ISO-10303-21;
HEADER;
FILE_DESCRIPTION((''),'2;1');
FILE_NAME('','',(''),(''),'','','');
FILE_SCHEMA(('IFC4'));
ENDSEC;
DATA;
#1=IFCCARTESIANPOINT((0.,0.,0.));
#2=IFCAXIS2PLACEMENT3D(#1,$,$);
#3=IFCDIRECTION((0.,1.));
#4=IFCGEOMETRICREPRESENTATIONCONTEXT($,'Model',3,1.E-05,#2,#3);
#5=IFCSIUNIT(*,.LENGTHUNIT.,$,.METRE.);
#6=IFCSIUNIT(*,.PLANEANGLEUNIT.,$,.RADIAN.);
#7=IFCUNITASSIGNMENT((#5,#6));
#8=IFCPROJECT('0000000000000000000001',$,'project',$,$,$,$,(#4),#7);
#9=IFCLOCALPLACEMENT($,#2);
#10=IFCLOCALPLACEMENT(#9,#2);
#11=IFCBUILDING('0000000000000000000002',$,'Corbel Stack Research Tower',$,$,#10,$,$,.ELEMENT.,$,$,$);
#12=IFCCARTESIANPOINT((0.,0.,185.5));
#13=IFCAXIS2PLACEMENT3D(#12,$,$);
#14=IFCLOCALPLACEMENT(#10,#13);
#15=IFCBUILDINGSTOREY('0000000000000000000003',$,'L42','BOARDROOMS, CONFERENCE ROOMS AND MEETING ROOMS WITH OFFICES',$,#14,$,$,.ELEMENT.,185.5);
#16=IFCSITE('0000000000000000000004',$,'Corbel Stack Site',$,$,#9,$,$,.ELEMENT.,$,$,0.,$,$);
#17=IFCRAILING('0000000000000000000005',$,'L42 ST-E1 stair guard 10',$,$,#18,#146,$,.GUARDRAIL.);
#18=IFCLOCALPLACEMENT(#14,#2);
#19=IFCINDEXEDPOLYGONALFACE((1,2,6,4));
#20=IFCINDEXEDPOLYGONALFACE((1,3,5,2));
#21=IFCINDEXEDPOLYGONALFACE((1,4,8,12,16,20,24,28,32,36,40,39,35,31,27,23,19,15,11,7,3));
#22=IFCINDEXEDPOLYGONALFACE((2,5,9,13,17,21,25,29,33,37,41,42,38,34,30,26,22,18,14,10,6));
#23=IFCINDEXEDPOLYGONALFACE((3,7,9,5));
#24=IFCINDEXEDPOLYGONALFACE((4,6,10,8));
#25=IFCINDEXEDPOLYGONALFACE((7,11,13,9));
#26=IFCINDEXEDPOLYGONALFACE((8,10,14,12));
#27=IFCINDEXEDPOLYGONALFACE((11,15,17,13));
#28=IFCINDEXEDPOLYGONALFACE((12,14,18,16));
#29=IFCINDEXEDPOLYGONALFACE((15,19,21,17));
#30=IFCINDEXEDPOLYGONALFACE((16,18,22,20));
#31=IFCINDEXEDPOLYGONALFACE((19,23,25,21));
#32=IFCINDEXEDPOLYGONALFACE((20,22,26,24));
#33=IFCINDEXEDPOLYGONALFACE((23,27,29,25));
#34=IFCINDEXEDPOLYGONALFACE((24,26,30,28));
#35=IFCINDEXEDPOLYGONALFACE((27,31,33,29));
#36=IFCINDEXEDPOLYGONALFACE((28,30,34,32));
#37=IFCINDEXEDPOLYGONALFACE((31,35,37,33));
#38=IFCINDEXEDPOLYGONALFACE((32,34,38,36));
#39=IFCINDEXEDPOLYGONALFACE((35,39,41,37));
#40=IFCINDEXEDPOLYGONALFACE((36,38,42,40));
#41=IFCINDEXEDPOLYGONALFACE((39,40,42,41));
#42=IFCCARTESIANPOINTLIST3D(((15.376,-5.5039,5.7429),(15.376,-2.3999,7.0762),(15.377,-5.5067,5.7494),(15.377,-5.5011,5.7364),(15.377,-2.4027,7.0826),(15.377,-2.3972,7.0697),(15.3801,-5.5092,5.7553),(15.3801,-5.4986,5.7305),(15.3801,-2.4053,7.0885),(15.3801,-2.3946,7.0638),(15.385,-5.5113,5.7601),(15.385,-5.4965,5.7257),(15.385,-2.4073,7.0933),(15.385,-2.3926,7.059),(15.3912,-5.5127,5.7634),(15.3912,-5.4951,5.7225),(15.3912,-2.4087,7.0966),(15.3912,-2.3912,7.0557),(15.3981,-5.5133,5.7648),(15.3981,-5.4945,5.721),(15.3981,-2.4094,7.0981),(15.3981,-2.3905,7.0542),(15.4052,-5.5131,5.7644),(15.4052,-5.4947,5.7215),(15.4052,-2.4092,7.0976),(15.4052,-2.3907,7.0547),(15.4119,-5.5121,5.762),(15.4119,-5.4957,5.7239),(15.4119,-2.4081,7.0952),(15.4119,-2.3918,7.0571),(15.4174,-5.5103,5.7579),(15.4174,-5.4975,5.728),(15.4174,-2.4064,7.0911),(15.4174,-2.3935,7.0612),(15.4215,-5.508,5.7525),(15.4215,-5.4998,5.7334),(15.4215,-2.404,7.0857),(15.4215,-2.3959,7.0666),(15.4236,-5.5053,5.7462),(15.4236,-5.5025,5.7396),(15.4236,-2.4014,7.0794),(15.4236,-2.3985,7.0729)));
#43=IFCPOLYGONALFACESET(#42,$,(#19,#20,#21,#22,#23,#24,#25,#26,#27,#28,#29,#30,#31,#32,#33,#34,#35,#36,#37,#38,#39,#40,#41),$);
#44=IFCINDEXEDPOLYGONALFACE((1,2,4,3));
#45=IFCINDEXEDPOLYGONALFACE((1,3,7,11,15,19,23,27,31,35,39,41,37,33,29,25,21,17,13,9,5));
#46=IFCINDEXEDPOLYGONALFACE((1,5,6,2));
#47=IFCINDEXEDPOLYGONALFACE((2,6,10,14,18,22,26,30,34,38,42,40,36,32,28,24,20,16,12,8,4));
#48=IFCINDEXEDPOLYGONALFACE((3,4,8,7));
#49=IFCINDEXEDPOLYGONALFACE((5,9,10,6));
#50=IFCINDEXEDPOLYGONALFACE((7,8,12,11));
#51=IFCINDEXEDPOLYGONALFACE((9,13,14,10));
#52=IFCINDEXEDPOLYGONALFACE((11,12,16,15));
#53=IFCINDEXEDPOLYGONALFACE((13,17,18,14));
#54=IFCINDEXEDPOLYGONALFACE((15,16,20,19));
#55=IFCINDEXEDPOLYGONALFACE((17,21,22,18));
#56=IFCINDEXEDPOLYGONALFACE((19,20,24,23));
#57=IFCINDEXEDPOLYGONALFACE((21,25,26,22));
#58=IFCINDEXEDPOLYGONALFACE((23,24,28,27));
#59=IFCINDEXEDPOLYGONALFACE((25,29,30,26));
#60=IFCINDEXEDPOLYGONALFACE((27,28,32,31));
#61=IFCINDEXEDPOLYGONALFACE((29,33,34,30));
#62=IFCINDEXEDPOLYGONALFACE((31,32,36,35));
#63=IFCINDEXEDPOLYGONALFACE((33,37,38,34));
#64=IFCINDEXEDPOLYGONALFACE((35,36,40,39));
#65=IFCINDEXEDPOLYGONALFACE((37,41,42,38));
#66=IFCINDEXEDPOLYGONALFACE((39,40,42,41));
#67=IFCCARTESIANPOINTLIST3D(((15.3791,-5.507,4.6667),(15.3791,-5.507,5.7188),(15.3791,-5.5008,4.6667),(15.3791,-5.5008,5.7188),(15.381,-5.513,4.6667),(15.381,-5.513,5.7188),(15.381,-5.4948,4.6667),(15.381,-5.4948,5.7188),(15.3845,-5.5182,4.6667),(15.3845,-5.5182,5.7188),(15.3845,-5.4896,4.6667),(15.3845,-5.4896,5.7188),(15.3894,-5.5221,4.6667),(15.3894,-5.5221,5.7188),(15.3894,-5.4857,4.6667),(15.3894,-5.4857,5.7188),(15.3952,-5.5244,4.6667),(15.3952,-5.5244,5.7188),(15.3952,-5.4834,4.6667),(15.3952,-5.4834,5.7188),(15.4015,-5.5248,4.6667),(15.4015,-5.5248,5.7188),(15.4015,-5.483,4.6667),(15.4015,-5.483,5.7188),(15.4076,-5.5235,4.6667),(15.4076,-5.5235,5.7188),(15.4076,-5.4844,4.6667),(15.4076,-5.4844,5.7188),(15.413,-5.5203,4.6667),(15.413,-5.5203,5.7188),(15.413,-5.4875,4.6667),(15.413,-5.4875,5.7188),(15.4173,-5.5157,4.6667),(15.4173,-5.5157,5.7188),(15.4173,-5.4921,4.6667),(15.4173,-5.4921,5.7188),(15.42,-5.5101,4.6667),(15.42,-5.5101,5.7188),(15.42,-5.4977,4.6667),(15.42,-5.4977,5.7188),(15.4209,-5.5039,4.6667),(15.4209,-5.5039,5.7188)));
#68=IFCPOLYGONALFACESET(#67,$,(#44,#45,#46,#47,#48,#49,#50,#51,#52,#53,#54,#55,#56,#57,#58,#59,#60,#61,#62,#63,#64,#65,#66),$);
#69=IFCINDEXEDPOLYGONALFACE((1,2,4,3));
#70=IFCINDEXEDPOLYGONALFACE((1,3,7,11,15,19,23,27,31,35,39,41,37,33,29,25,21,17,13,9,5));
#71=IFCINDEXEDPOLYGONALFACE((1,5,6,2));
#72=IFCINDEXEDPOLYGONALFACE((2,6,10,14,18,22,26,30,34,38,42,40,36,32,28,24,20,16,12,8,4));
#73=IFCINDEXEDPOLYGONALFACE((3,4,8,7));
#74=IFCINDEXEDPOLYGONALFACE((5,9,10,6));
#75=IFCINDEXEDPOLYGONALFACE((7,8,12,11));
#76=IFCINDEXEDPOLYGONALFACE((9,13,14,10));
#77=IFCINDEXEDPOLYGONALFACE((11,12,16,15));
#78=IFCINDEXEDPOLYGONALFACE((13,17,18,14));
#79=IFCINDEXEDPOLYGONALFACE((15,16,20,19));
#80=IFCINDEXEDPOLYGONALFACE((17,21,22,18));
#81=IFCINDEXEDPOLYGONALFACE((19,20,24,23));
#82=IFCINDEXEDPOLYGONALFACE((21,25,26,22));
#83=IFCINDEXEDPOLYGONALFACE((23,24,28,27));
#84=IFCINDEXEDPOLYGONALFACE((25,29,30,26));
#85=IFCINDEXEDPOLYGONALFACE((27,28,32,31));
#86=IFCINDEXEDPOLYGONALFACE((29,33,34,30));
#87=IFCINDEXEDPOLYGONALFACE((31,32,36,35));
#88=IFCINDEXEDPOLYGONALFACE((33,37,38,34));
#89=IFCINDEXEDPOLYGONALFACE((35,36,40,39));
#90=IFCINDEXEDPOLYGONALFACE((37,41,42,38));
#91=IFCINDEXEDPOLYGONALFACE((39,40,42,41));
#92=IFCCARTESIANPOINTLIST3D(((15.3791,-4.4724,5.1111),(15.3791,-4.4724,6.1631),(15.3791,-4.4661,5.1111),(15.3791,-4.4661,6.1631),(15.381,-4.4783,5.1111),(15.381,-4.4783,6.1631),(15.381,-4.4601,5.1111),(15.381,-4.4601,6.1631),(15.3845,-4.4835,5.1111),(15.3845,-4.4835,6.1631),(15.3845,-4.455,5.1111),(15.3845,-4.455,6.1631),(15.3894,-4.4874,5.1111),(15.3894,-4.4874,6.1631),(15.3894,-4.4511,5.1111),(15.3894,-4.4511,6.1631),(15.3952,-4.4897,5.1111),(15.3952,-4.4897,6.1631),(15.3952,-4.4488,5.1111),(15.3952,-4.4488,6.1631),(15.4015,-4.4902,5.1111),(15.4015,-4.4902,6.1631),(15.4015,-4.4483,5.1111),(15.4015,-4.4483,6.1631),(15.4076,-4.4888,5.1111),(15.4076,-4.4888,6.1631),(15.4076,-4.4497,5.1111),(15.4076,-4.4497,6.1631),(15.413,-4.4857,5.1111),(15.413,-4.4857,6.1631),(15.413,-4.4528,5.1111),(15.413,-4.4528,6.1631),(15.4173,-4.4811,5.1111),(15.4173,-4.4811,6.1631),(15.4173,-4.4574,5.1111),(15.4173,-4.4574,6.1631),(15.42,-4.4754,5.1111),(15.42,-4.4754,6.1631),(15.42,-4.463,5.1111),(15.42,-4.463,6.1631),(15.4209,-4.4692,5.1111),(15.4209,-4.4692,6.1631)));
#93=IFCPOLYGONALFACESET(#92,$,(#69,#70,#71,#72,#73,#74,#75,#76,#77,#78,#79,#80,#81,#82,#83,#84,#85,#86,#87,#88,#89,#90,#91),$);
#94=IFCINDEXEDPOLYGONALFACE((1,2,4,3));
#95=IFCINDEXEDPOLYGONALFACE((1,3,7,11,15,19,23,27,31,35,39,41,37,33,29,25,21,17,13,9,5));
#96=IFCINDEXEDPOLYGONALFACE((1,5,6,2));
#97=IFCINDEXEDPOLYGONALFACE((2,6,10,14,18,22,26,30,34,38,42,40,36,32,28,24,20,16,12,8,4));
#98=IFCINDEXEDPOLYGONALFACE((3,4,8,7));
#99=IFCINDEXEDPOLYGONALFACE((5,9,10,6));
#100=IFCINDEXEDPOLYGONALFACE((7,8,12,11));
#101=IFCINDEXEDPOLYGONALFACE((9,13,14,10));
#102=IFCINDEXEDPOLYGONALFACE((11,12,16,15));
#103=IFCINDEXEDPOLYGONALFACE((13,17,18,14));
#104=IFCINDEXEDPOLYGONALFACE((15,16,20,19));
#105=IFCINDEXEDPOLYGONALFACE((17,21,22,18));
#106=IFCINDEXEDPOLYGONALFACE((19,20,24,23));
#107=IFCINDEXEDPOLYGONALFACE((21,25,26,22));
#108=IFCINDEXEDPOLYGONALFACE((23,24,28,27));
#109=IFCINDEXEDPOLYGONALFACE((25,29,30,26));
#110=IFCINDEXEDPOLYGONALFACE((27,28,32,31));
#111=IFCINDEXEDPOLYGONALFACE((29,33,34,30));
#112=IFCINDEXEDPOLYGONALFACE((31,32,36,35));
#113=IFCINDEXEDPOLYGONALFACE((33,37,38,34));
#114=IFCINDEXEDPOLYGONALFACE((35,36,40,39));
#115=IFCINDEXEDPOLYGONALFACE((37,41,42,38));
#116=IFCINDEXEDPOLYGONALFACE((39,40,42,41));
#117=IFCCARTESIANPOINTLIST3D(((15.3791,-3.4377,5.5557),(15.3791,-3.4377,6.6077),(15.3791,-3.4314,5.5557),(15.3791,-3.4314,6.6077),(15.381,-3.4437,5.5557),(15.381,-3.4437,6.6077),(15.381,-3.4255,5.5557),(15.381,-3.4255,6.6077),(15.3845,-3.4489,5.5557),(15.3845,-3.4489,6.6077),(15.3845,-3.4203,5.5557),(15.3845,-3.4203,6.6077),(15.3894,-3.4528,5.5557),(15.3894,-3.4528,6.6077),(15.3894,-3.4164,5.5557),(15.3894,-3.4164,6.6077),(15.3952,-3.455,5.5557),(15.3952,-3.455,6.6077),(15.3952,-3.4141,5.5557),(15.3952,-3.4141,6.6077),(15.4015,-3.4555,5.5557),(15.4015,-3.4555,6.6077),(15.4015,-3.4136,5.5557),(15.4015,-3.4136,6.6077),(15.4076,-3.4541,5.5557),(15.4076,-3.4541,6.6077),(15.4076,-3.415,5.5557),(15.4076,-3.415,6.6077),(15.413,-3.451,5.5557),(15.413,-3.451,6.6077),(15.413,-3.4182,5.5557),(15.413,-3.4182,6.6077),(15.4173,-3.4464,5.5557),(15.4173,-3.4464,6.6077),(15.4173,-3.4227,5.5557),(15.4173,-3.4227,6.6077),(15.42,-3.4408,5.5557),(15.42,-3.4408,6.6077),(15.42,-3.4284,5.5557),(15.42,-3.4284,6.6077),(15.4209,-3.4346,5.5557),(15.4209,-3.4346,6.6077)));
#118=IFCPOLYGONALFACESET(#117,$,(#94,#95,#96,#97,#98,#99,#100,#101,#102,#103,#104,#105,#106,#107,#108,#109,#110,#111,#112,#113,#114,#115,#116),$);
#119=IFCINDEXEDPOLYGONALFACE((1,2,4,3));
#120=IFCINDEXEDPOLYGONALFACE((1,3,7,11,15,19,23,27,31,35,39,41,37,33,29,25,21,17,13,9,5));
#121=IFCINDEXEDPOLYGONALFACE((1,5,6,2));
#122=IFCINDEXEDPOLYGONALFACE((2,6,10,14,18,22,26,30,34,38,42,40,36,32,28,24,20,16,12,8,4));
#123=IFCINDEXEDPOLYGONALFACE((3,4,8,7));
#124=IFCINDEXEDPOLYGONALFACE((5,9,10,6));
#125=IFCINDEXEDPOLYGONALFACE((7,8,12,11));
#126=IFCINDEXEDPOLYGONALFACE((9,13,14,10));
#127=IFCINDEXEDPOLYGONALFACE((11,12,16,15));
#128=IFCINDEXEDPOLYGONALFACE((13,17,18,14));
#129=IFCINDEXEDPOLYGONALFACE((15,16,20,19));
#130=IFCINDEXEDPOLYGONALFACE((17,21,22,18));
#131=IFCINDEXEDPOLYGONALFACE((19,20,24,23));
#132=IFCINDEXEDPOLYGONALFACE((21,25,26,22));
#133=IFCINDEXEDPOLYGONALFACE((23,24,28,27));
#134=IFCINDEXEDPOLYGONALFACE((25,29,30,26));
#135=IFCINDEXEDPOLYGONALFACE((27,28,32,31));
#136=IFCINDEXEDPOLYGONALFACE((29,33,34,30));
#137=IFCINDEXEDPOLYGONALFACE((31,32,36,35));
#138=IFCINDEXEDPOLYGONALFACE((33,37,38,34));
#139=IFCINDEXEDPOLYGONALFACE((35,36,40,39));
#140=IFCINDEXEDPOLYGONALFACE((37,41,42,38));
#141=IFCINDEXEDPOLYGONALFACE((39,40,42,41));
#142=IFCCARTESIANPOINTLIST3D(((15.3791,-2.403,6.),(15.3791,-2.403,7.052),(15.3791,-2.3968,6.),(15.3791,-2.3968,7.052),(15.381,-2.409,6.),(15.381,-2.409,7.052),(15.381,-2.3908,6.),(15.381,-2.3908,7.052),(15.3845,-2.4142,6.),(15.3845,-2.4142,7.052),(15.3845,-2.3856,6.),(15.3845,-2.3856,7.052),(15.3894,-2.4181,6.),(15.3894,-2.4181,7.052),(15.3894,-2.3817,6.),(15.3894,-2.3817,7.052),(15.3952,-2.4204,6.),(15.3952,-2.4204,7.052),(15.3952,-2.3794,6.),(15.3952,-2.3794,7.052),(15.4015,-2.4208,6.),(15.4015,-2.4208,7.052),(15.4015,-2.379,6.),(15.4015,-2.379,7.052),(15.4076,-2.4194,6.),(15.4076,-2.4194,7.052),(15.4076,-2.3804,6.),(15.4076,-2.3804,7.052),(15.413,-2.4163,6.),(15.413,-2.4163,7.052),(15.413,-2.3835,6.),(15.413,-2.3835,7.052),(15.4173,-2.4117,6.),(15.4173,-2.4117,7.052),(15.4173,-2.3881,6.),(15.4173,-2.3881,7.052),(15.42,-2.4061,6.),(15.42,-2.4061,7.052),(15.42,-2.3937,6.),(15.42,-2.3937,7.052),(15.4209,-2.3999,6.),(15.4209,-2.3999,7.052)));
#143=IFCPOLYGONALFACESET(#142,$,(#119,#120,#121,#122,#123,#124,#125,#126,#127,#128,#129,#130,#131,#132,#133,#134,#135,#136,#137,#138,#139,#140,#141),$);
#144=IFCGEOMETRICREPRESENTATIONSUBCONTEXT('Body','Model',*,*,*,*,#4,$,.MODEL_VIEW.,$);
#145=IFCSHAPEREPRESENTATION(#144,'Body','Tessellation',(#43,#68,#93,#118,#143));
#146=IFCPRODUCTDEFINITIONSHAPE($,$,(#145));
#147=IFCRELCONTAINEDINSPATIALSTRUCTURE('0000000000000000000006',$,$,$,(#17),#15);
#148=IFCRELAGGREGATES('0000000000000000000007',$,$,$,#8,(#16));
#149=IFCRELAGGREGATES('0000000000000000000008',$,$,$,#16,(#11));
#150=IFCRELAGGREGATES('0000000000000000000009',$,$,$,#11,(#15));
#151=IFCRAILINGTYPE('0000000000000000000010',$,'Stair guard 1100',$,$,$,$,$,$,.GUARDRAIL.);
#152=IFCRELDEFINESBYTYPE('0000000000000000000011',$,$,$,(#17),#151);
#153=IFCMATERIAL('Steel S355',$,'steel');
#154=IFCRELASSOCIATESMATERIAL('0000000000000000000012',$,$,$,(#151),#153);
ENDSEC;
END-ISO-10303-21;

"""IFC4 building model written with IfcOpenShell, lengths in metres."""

from ifc_helpers import new_model, si_unit, direction, frame, origin, origin_2d, place, context, subcontext, project, spatial, circle, extrude, material, type_object, element, save


model = new_model("IFC4")

# Units and contexts
model_context = context("Model", 3, precision=1e-05, world=origin(), true_north=direction((0.0, 1.0)))
body_context = subcontext(model_context, "Body", "Model", "MODEL_VIEW")
ifc_project = project(units=[si_unit("LENGTHUNIT", "METRE"), si_unit("PLANEANGLEUNIT", "RADIAN")], contexts=[model_context])

# Site, building, storey
site_placement = place(None, origin())
site = spatial("IfcSite", under=ifc_project, at=site_placement, Name="Corbel Stack Site", CompositionType="ELEMENT", RefElevation=0.0)
building_placement = place(site_placement, origin())
building = spatial("IfcBuilding", under=site, at=building_placement, Name="Corbel Stack Research Tower", CompositionType="ELEMENT")
storey_placement = place(building_placement, frame((0.0, 0.0, 185.5)))
storey = spatial("IfcBuildingStorey", under=building, at=storey_placement, Name="L42", Description="BOARDROOMS, CONFERENCE ROOMS AND MEETING ROOMS WITH OFFICES", CompositionType="ELEMENT", Elevation=185.5)

# Railing
ifc_material_1 = material(Name="Steel S355", Category="steel")
railing_type_1 = type_object("IfcRailingType", Name="Stair guard 1100", PredefinedType="GUARDRAIL", material=ifc_material_1)
railing_1_placement = place(storey_placement, frame((15.3999, -5.5039, 4.6667)))
element("IfcRailing", 1, at=railing_1_placement, inside=storey, type_object=railing_type_1, Name="L42 ST-E1 stair guard 10", PredefinedType="GUARDRAIL", context=body_context, shape_type="SweptSolid", body=[
    extrude(circle(Radius=0.0239, at=origin_2d()), frame((0.0, 0.0, 1.0762), z_axis=(0.0, 0.918827, 0.394661), x_axis=(-1.0, 0.0, 0.0)), (0.0, 0.0, 1.0), 3.3782),
    extrude(circle(Radius=0.021, at=origin_2d()), origin(), (0.0, 0.0, 1.0), 1.052),
    extrude(circle(Radius=0.021, at=origin_2d()), frame((0.0, 1.0347, 0.4443)), (0.0, 0.0, 1.0), 1.052),
    extrude(circle(Radius=0.021, at=origin_2d()), frame((0.0, 2.0693, 0.8889)), (0.0, 0.0, 1.0), 1.052),
    extrude(circle(Radius=0.021, at=origin_2d()), frame((0.0, 3.104, 1.3333)), (0.0, 0.0, 1.0), 1.052),
])

save(model, "model.ifc")
